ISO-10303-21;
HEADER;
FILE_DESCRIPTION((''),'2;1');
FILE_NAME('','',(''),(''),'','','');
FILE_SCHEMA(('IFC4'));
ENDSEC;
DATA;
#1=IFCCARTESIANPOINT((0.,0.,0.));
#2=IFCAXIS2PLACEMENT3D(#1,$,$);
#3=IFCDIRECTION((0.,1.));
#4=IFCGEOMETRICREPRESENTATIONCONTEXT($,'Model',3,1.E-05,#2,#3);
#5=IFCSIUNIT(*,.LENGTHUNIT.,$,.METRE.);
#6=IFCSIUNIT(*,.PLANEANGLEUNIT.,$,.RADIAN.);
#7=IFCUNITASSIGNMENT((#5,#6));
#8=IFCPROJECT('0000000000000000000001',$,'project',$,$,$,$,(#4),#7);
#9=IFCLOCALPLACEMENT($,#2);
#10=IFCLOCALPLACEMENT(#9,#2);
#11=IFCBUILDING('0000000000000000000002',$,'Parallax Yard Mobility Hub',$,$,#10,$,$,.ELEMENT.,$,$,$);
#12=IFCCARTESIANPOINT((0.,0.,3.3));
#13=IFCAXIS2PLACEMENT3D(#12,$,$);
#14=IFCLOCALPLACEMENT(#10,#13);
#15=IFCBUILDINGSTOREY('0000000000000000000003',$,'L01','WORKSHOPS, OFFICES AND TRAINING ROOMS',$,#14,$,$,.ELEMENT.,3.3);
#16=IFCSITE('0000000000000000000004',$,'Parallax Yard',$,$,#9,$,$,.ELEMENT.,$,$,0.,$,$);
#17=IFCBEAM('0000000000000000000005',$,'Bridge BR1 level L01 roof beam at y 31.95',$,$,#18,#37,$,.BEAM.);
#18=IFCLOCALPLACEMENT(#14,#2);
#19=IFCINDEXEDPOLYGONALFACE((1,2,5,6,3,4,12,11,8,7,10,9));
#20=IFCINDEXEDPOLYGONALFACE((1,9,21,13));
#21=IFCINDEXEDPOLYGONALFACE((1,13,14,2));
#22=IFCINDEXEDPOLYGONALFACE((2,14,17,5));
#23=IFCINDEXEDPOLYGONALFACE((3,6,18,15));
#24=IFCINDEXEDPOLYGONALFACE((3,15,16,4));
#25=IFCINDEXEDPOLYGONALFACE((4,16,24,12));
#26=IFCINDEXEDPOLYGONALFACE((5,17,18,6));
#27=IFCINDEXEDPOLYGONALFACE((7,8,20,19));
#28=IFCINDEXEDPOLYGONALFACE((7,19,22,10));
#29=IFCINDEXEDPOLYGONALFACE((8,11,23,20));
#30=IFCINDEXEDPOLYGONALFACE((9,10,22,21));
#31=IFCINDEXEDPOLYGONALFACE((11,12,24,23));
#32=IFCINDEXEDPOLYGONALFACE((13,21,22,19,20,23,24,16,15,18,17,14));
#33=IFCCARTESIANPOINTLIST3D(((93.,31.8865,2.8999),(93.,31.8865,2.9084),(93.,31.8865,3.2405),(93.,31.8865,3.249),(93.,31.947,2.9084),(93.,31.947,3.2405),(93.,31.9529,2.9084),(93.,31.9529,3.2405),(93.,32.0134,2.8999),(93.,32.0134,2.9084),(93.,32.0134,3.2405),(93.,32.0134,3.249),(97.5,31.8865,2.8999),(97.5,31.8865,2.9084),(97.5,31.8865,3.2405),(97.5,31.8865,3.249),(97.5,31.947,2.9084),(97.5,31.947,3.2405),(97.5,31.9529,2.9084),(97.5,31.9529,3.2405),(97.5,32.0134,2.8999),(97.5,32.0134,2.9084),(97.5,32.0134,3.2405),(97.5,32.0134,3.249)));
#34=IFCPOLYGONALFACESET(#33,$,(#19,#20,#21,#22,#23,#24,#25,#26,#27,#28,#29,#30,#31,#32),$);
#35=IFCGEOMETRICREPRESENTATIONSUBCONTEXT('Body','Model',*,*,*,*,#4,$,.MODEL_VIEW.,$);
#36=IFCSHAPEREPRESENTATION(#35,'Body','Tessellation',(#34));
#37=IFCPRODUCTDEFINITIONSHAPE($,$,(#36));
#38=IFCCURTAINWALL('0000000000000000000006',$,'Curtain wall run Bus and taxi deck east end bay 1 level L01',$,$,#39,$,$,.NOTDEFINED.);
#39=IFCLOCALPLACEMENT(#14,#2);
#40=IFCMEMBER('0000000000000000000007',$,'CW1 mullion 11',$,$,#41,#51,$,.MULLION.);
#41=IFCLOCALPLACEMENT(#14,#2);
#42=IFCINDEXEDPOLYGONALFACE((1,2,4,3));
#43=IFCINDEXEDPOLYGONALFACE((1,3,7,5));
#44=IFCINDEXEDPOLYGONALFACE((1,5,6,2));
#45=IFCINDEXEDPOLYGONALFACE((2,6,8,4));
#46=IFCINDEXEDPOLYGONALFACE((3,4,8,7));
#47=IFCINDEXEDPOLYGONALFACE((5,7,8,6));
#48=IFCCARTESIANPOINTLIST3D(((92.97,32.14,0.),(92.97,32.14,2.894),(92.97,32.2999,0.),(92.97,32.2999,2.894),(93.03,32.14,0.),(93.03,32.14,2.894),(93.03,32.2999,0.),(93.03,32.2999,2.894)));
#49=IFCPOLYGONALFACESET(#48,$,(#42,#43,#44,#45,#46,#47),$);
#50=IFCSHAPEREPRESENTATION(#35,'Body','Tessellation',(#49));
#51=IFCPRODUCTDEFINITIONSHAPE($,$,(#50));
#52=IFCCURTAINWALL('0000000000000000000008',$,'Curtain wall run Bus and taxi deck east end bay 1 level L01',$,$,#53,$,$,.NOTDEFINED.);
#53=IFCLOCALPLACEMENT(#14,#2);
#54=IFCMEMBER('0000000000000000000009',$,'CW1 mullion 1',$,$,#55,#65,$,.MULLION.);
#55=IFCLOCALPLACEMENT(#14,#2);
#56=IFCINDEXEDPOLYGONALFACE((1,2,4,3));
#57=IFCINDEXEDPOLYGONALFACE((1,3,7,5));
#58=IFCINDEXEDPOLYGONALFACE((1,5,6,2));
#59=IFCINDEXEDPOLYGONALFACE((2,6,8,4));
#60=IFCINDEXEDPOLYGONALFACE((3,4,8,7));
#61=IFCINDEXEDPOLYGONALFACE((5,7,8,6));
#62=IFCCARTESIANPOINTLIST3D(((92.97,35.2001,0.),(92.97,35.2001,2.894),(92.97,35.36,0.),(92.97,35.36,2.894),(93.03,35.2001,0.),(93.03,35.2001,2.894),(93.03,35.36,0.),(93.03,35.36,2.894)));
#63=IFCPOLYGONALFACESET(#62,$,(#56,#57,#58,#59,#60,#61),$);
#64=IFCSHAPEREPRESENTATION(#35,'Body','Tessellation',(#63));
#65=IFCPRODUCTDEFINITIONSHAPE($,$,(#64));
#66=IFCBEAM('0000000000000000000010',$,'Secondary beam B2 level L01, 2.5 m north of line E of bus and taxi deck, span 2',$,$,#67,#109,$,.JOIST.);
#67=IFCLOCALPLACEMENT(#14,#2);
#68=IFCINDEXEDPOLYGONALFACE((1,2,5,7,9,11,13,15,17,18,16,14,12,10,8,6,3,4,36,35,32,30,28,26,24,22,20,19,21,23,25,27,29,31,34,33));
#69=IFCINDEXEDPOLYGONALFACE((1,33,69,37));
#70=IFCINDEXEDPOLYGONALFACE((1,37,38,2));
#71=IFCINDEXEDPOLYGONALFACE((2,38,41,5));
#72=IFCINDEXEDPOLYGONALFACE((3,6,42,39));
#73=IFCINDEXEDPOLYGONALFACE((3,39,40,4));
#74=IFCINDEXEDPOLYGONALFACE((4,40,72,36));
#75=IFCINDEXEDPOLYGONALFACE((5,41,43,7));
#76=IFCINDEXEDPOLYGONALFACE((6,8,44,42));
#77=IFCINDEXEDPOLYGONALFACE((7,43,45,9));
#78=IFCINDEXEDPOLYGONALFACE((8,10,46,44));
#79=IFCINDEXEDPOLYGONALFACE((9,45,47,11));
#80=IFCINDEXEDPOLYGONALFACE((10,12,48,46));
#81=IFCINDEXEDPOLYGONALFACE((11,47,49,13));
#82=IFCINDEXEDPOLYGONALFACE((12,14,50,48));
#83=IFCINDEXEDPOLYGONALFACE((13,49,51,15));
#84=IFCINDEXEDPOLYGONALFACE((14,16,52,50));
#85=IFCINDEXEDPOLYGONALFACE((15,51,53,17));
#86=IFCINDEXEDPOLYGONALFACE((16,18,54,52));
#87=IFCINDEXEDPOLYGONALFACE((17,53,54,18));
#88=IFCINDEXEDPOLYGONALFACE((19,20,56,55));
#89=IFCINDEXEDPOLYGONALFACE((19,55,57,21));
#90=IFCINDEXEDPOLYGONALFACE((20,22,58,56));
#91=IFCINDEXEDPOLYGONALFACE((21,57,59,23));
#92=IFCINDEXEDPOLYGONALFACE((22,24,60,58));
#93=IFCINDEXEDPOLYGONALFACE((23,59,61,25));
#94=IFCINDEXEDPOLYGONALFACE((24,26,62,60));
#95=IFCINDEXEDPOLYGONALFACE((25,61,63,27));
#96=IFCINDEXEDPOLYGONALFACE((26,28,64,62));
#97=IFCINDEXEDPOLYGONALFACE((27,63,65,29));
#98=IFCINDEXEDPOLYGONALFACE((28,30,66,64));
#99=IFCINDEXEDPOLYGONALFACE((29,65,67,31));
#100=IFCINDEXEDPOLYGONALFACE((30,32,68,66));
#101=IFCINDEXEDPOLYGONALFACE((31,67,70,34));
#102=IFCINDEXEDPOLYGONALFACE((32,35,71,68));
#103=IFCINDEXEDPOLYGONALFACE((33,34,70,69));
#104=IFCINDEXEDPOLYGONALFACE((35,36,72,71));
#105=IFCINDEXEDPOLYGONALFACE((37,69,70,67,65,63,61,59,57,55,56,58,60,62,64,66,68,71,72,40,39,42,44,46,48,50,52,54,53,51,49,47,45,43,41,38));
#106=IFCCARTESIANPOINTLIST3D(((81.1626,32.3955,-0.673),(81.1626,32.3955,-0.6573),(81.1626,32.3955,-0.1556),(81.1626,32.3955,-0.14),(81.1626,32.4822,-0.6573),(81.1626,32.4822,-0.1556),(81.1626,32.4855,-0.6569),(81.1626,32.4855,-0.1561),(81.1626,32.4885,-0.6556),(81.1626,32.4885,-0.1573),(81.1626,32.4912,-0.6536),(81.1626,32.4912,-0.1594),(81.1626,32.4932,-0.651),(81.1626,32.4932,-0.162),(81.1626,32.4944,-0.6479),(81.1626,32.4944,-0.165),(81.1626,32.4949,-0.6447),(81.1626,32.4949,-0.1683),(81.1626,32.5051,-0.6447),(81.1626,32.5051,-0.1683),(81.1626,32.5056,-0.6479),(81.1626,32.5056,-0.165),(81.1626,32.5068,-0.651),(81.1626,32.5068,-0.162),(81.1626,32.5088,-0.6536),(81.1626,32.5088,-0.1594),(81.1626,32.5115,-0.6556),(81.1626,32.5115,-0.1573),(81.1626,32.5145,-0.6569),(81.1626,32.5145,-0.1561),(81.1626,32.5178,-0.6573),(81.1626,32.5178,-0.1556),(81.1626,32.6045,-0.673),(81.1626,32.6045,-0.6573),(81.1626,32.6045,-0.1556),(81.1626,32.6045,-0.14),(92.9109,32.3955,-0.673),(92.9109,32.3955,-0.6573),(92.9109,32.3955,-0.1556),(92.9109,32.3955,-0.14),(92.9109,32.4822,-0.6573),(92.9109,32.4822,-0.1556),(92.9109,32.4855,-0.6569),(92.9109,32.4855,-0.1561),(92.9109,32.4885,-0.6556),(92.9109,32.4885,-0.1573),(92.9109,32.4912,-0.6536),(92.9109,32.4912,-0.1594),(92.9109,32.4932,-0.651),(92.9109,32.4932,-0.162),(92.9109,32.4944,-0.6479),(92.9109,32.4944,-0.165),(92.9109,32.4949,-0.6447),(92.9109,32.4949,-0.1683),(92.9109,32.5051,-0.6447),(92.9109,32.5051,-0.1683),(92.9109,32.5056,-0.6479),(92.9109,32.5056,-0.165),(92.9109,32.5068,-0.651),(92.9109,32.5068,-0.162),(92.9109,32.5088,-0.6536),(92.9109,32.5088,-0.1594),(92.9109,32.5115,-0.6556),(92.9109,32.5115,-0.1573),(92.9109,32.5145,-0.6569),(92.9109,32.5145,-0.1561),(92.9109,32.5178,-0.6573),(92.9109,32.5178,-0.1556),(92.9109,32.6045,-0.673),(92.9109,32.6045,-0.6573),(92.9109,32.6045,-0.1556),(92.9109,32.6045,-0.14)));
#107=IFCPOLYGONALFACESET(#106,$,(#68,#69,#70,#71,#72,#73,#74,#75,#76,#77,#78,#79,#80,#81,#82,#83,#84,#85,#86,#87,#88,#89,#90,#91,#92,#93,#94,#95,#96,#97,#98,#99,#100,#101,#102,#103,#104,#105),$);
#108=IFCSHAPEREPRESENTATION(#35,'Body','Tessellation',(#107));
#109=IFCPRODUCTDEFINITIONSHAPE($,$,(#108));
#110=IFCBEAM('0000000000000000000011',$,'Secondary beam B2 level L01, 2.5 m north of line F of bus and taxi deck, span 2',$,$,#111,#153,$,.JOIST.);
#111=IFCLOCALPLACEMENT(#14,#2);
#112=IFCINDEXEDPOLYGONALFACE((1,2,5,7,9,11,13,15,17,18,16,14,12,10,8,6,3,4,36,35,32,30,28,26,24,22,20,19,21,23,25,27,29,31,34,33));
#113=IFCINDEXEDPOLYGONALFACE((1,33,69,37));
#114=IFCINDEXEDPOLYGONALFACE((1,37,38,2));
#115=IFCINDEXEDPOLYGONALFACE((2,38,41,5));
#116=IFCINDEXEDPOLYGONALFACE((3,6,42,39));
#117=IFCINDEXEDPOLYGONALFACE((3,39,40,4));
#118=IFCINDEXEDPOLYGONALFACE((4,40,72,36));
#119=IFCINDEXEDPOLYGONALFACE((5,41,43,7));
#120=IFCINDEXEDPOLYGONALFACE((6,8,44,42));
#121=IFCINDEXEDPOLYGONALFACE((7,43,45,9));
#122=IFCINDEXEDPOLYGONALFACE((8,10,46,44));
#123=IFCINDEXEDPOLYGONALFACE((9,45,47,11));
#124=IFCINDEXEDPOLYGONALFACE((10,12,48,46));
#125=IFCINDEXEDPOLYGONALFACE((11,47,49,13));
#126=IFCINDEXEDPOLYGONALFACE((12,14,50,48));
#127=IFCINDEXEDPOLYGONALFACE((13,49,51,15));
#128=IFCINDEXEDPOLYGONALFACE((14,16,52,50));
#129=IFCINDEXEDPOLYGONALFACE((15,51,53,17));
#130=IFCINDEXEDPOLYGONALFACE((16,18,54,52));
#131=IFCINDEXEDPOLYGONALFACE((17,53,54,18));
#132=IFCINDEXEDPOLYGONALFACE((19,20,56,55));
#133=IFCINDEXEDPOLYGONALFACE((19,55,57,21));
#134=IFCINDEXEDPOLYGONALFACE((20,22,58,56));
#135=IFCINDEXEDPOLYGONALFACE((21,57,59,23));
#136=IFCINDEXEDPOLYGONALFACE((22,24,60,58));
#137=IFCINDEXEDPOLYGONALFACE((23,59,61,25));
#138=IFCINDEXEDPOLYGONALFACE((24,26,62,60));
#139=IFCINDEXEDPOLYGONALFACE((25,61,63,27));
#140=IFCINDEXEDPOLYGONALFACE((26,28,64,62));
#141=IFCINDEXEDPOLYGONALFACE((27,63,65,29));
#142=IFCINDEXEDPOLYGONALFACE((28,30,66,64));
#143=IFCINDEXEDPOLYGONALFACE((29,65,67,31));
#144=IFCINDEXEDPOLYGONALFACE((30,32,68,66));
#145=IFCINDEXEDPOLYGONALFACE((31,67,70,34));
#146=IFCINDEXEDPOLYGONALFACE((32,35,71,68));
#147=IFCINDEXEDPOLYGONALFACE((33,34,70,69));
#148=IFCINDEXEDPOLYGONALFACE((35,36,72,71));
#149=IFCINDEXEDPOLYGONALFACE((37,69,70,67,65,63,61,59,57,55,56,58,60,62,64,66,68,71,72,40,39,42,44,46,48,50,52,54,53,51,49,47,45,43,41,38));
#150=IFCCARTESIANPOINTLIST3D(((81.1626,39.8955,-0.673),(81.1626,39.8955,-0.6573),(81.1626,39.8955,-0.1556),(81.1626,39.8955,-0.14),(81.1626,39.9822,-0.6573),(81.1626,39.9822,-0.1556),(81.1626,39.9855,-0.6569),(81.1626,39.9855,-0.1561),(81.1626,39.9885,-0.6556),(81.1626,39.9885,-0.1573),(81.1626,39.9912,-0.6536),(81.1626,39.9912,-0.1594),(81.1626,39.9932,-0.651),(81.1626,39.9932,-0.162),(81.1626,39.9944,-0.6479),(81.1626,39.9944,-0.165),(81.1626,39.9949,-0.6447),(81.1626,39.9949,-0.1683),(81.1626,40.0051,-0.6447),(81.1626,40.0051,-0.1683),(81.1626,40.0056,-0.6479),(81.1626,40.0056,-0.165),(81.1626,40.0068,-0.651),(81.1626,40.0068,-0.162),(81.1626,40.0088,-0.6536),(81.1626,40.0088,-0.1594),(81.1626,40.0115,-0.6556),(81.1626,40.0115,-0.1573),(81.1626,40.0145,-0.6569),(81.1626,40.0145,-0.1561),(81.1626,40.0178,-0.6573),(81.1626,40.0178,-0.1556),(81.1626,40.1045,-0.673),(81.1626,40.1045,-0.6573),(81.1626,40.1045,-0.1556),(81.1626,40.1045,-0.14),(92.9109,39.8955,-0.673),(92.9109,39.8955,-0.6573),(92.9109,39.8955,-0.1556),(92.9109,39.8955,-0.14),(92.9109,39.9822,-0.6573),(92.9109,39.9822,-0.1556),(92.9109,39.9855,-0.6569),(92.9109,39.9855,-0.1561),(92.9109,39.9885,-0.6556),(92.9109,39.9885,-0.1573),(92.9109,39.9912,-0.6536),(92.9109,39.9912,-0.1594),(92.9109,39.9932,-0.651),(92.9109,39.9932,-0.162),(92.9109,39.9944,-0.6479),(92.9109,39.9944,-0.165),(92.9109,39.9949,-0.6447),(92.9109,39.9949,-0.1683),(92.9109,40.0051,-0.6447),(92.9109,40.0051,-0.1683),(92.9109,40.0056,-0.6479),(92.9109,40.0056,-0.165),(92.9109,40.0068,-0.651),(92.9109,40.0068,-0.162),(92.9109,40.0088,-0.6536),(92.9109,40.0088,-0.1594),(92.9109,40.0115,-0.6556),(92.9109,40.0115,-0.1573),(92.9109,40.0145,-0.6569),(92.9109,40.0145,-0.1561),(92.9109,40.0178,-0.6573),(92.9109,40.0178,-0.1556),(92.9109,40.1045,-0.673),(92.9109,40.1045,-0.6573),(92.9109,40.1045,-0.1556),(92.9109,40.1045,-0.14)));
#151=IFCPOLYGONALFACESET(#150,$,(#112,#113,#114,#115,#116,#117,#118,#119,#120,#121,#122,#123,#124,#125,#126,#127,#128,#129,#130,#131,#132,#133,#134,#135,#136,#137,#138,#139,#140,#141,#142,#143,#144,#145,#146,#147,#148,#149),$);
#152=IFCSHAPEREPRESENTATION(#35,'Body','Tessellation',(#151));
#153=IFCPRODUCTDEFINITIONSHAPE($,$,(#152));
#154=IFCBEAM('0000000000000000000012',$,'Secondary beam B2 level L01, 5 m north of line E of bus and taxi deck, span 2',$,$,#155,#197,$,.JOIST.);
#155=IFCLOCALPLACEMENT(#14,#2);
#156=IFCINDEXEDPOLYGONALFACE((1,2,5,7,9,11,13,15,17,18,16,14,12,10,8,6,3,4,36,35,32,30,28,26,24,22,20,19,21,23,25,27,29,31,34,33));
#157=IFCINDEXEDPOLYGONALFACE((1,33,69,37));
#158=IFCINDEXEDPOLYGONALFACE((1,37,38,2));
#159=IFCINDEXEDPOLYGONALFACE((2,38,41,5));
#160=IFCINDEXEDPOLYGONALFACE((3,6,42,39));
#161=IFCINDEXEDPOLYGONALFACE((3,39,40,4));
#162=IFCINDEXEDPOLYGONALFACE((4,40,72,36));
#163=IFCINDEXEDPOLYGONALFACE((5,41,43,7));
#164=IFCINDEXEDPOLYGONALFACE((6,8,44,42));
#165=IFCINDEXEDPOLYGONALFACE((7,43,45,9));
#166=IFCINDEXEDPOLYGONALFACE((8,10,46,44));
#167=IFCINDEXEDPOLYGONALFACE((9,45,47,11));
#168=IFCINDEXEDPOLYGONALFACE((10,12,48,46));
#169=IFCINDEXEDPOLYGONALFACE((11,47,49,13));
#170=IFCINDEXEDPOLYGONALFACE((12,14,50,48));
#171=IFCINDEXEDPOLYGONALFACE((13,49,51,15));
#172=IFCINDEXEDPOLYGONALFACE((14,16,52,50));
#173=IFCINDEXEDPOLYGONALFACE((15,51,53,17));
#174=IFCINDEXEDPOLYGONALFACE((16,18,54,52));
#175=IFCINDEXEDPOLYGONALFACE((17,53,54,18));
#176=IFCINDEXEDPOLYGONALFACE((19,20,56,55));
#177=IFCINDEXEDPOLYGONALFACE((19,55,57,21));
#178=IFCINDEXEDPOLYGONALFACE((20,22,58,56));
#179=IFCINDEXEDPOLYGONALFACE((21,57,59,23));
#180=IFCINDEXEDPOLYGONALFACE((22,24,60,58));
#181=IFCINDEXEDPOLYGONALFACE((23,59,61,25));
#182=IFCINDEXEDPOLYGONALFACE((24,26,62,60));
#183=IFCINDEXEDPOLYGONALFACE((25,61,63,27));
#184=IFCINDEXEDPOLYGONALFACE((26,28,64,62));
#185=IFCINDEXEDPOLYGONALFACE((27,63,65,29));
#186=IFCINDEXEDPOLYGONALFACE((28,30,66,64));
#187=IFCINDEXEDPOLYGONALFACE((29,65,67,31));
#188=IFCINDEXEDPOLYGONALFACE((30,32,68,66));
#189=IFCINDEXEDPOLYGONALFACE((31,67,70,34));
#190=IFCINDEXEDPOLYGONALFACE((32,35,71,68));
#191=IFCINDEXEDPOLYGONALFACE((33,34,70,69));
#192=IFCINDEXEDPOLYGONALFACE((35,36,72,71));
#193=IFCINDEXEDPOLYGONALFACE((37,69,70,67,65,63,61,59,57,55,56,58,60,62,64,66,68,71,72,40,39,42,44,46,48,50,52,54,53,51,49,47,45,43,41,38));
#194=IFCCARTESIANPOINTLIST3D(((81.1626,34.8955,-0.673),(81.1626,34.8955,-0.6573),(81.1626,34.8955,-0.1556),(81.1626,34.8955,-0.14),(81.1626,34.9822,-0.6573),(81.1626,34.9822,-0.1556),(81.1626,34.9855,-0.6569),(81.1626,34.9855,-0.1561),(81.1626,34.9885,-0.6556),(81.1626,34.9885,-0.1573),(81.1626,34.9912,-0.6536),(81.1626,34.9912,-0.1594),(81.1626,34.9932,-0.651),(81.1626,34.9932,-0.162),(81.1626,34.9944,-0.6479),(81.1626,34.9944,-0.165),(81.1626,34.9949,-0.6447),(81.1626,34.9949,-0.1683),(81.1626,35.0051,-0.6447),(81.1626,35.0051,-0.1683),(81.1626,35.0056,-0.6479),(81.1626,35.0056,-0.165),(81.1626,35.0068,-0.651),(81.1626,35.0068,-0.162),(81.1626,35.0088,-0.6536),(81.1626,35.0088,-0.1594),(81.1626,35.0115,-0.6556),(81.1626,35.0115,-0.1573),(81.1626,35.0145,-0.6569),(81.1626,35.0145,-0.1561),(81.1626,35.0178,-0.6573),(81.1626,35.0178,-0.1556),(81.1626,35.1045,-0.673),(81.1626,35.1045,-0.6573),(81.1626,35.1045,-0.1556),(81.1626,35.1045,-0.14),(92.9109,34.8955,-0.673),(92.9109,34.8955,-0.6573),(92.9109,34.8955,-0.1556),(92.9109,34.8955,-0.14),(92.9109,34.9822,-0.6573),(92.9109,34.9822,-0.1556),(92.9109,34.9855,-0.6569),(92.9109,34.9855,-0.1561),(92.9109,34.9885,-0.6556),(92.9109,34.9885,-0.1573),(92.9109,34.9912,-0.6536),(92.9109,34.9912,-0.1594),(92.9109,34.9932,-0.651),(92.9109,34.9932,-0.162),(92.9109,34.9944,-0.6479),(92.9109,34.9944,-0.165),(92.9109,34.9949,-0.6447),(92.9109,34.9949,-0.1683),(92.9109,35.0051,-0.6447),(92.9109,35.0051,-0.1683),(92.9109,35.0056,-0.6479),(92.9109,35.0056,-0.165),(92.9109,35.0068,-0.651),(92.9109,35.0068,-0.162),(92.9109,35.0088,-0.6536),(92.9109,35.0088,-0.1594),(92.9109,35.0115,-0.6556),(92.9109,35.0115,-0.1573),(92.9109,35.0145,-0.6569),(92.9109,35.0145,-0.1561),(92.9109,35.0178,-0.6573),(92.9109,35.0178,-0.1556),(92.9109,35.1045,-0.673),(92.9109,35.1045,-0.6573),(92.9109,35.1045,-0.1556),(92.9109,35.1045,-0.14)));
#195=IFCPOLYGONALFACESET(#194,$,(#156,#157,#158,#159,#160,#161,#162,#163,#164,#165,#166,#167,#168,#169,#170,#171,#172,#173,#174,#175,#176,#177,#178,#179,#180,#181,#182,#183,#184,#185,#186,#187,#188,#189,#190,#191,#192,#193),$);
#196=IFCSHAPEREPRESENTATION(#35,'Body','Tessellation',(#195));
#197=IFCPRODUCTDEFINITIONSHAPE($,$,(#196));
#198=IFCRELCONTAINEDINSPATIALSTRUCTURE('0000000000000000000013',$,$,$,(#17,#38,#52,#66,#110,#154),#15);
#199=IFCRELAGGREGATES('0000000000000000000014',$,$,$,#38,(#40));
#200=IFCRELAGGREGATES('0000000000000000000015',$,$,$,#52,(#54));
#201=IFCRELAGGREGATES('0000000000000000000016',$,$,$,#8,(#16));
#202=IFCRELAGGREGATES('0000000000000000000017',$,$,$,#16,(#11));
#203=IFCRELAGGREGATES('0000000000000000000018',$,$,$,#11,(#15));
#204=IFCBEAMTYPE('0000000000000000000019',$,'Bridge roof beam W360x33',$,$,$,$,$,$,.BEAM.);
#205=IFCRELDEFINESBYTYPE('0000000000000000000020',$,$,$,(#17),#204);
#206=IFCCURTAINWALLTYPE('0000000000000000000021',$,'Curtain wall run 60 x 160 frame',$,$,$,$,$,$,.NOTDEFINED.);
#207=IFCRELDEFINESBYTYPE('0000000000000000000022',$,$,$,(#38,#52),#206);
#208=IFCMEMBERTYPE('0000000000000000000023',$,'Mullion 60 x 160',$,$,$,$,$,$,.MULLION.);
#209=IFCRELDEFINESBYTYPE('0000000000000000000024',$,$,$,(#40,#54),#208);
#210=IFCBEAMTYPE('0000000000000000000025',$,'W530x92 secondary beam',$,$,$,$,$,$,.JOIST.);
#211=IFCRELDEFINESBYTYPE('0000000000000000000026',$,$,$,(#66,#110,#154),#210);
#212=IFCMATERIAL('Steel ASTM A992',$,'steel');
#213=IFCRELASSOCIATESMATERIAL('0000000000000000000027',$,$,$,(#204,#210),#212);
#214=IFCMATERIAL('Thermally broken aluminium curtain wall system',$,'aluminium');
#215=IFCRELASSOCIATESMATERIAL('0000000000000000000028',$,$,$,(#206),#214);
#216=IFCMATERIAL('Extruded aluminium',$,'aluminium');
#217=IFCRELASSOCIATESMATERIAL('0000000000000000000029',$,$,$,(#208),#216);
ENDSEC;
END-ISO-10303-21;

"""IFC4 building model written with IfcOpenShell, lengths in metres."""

from ifc_helpers import new_model, si_unit, direction, frame, origin, origin_2d, place, context, subcontext, project, spatial, rectangle, i_section, extrude, material, material_profile, profile_set, type_object, element, aggregate, save


model = new_model("IFC4")

# Units and contexts
model_context = context("Model", 3, precision=1e-05, world=origin(), true_north=direction((0.0, 1.0)))
body_context = subcontext(model_context, "Body", "Model", "MODEL_VIEW")
ifc_project = project(units=[si_unit("LENGTHUNIT", "METRE"), si_unit("PLANEANGLEUNIT", "RADIAN")], contexts=[model_context])

# Site, building, storey
site_placement = place(None, origin())
site = spatial("IfcSite", under=ifc_project, at=site_placement, Name="Parallax Yard", CompositionType="ELEMENT", RefElevation=0.0)
building_placement = place(site_placement, origin())
building = spatial("IfcBuilding", under=site, at=building_placement, Name="Parallax Yard Mobility Hub", CompositionType="ELEMENT")
storey_placement = place(building_placement, frame((0.0, 0.0, 3.3)))
storey = spatial("IfcBuildingStorey", under=building, at=storey_placement, Name="L01", Description="WORKSHOPS, OFFICES AND TRAINING ROOMS", CompositionType="ELEMENT", Elevation=3.3)

# Beam
ifc_material_1 = material(Name="Steel ASTM A992", Category="steel")
ifc_material_profile_1 = material_profile(ifc_material_1, i_section(OverallWidth=0.127, OverallDepth=0.3491, WebThickness=0.0059, FlangeThickness=0.0085, at=origin_2d()), Name="W360x33")
ifc_profile_set_1 = profile_set([ifc_material_profile_1], Name="Steel ASTM A992")
beam_type_1 = type_object("IfcBeamType", Name="Bridge roof beam W360x33", PredefinedType="BEAM", material=ifc_profile_set_1)
beam_1_placement = place(storey_placement, frame((93.0, 31.95, 3.0745), z_axis=(1.0, 0.0, 0.0), x_axis=(0.0, 1.0, 0.0)))
element("IfcBeam", 1, at=beam_1_placement, inside=storey, type_object=beam_type_1, Name="Bridge BR1 level L01 roof beam at y 31.95", PredefinedType="BEAM", context=body_context, shape_type="SweptSolid", body=[
    extrude(i_section(OverallWidth=0.127, OverallDepth=0.3491, WebThickness=0.0059, FlangeThickness=0.0085, at=origin_2d()), origin(), (0.0, 0.0, 1.0), 4.5),
])

# Curtain walls, members
ifc_material_2 = material(Name="Thermally broken aluminium curtain wall system", Category="aluminium")
curtain_wall_type = type_object("IfcCurtainWallType", Name="Curtain wall run 60 x 160 frame", PredefinedType="NOTDEFINED", material=ifc_material_2)
curtain_wall_1_placement = place(storey_placement, origin())
curtain_wall_1 = element("IfcCurtainWall", 2, at=curtain_wall_1_placement, inside=storey, type_object=curtain_wall_type, Name="Curtain wall run Bus and taxi deck east end bay 1 level L01", PredefinedType="NOTDEFINED")
ifc_material_3 = material(Name="Extruded aluminium", Category="aluminium")
ifc_material_profile_2 = material_profile(ifc_material_3, rectangle(XDim=0.0601, YDim=0.1599, at=origin_2d()), Name="Mullion 60 x 160")
ifc_profile_set_2 = profile_set([ifc_material_profile_2], Name="Extruded aluminium")
member_type = type_object("IfcMemberType", Name="Mullion 60 x 160", PredefinedType="MULLION", material=ifc_profile_set_2)
member_1_placement = place(storey_placement, frame((93.0, 32.22, 0.0), z_axis=(0.0, 0.0, 1.0), x_axis=(-1.0, 0.0, 0.0)))
member_1 = element("IfcMember", 3, at=member_1_placement, type_object=member_type, Name="CW1 mullion 11", PredefinedType="MULLION", context=body_context, shape_type="SweptSolid", body=[
    extrude(rectangle(XDim=0.0601, YDim=0.1599, at=origin_2d()), origin(), (0.0, 0.0, 1.0), 2.894),
])
aggregate(curtain_wall_1, [member_1])
curtain_wall_2_placement = place(storey_placement, origin())
curtain_wall_2 = element("IfcCurtainWall", 4, at=curtain_wall_2_placement, inside=storey, type_object=curtain_wall_type, Name="Curtain wall run Bus and taxi deck east end bay 1 level L01", PredefinedType="NOTDEFINED")
member_2_placement = place(storey_placement, frame((93.0, 35.28, 0.0), z_axis=(0.0, 0.0, 1.0), x_axis=(-1.0, 0.0, 0.0)))
member_2 = element("IfcMember", 5, at=member_2_placement, type_object=member_type, Name="CW1 mullion 1", PredefinedType="MULLION", context=body_context, shape_type="SweptSolid", body=[
    extrude(rectangle(XDim=0.0601, YDim=0.1599, at=origin_2d()), origin(), (0.0, 0.0, 1.0), 2.894),
])
aggregate(curtain_wall_2, [member_2])

# Beams
ifc_material_profile_3 = material_profile(ifc_material_1, i_section(OverallWidth=0.209, OverallDepth=0.533, WebThickness=0.0103, FlangeThickness=0.0156, FilletRadius=0.0127, at=origin_2d()), Name="W530x92")
ifc_profile_set_3 = profile_set([ifc_material_profile_3], Name="Steel ASTM A992")
beam_type_2 = type_object("IfcBeamType", Name="W530x92 secondary beam", PredefinedType="JOIST", material=ifc_profile_set_3)
for number, where, z_axis, x_axis, name in (
    (6, (81.1626, 32.5, -0.4065), (1.0, 0.0, 0.0), (0.0, 1.0, 0.0), "Secondary beam B2 level L01, 2.5 m north of line E of bus and taxi deck, span 2"),
    (7, (81.1626, 40.0, -0.4065), (1.0, 0.0, 0.0), (0.0, 1.0, 0.0), "Secondary beam B2 level L01, 2.5 m north of line F of bus and taxi deck, span 2"),
    (8, (81.1626, 35.0, -0.4065), (1.0, 0.0, 0.0), (0.0, 1.0, 0.0), "Secondary beam B2 level L01, 5 m north of line E of bus and taxi deck, span 2"),
):
    element("IfcBeam", number, at=place(storey_placement, frame(where, z_axis=z_axis, x_axis=x_axis)), inside=storey, type_object=beam_type_2, Name=name, PredefinedType="JOIST", context=body_context, shape_type="SweptSolid", body=[
        extrude(i_section(OverallWidth=0.209, OverallDepth=0.533, WebThickness=0.0103, FlangeThickness=0.0156, FilletRadius=0.0127, at=origin_2d()), origin(), (0.0, 0.0, 1.0), 11.7483),
    ])

save(model, "model.ifc")
